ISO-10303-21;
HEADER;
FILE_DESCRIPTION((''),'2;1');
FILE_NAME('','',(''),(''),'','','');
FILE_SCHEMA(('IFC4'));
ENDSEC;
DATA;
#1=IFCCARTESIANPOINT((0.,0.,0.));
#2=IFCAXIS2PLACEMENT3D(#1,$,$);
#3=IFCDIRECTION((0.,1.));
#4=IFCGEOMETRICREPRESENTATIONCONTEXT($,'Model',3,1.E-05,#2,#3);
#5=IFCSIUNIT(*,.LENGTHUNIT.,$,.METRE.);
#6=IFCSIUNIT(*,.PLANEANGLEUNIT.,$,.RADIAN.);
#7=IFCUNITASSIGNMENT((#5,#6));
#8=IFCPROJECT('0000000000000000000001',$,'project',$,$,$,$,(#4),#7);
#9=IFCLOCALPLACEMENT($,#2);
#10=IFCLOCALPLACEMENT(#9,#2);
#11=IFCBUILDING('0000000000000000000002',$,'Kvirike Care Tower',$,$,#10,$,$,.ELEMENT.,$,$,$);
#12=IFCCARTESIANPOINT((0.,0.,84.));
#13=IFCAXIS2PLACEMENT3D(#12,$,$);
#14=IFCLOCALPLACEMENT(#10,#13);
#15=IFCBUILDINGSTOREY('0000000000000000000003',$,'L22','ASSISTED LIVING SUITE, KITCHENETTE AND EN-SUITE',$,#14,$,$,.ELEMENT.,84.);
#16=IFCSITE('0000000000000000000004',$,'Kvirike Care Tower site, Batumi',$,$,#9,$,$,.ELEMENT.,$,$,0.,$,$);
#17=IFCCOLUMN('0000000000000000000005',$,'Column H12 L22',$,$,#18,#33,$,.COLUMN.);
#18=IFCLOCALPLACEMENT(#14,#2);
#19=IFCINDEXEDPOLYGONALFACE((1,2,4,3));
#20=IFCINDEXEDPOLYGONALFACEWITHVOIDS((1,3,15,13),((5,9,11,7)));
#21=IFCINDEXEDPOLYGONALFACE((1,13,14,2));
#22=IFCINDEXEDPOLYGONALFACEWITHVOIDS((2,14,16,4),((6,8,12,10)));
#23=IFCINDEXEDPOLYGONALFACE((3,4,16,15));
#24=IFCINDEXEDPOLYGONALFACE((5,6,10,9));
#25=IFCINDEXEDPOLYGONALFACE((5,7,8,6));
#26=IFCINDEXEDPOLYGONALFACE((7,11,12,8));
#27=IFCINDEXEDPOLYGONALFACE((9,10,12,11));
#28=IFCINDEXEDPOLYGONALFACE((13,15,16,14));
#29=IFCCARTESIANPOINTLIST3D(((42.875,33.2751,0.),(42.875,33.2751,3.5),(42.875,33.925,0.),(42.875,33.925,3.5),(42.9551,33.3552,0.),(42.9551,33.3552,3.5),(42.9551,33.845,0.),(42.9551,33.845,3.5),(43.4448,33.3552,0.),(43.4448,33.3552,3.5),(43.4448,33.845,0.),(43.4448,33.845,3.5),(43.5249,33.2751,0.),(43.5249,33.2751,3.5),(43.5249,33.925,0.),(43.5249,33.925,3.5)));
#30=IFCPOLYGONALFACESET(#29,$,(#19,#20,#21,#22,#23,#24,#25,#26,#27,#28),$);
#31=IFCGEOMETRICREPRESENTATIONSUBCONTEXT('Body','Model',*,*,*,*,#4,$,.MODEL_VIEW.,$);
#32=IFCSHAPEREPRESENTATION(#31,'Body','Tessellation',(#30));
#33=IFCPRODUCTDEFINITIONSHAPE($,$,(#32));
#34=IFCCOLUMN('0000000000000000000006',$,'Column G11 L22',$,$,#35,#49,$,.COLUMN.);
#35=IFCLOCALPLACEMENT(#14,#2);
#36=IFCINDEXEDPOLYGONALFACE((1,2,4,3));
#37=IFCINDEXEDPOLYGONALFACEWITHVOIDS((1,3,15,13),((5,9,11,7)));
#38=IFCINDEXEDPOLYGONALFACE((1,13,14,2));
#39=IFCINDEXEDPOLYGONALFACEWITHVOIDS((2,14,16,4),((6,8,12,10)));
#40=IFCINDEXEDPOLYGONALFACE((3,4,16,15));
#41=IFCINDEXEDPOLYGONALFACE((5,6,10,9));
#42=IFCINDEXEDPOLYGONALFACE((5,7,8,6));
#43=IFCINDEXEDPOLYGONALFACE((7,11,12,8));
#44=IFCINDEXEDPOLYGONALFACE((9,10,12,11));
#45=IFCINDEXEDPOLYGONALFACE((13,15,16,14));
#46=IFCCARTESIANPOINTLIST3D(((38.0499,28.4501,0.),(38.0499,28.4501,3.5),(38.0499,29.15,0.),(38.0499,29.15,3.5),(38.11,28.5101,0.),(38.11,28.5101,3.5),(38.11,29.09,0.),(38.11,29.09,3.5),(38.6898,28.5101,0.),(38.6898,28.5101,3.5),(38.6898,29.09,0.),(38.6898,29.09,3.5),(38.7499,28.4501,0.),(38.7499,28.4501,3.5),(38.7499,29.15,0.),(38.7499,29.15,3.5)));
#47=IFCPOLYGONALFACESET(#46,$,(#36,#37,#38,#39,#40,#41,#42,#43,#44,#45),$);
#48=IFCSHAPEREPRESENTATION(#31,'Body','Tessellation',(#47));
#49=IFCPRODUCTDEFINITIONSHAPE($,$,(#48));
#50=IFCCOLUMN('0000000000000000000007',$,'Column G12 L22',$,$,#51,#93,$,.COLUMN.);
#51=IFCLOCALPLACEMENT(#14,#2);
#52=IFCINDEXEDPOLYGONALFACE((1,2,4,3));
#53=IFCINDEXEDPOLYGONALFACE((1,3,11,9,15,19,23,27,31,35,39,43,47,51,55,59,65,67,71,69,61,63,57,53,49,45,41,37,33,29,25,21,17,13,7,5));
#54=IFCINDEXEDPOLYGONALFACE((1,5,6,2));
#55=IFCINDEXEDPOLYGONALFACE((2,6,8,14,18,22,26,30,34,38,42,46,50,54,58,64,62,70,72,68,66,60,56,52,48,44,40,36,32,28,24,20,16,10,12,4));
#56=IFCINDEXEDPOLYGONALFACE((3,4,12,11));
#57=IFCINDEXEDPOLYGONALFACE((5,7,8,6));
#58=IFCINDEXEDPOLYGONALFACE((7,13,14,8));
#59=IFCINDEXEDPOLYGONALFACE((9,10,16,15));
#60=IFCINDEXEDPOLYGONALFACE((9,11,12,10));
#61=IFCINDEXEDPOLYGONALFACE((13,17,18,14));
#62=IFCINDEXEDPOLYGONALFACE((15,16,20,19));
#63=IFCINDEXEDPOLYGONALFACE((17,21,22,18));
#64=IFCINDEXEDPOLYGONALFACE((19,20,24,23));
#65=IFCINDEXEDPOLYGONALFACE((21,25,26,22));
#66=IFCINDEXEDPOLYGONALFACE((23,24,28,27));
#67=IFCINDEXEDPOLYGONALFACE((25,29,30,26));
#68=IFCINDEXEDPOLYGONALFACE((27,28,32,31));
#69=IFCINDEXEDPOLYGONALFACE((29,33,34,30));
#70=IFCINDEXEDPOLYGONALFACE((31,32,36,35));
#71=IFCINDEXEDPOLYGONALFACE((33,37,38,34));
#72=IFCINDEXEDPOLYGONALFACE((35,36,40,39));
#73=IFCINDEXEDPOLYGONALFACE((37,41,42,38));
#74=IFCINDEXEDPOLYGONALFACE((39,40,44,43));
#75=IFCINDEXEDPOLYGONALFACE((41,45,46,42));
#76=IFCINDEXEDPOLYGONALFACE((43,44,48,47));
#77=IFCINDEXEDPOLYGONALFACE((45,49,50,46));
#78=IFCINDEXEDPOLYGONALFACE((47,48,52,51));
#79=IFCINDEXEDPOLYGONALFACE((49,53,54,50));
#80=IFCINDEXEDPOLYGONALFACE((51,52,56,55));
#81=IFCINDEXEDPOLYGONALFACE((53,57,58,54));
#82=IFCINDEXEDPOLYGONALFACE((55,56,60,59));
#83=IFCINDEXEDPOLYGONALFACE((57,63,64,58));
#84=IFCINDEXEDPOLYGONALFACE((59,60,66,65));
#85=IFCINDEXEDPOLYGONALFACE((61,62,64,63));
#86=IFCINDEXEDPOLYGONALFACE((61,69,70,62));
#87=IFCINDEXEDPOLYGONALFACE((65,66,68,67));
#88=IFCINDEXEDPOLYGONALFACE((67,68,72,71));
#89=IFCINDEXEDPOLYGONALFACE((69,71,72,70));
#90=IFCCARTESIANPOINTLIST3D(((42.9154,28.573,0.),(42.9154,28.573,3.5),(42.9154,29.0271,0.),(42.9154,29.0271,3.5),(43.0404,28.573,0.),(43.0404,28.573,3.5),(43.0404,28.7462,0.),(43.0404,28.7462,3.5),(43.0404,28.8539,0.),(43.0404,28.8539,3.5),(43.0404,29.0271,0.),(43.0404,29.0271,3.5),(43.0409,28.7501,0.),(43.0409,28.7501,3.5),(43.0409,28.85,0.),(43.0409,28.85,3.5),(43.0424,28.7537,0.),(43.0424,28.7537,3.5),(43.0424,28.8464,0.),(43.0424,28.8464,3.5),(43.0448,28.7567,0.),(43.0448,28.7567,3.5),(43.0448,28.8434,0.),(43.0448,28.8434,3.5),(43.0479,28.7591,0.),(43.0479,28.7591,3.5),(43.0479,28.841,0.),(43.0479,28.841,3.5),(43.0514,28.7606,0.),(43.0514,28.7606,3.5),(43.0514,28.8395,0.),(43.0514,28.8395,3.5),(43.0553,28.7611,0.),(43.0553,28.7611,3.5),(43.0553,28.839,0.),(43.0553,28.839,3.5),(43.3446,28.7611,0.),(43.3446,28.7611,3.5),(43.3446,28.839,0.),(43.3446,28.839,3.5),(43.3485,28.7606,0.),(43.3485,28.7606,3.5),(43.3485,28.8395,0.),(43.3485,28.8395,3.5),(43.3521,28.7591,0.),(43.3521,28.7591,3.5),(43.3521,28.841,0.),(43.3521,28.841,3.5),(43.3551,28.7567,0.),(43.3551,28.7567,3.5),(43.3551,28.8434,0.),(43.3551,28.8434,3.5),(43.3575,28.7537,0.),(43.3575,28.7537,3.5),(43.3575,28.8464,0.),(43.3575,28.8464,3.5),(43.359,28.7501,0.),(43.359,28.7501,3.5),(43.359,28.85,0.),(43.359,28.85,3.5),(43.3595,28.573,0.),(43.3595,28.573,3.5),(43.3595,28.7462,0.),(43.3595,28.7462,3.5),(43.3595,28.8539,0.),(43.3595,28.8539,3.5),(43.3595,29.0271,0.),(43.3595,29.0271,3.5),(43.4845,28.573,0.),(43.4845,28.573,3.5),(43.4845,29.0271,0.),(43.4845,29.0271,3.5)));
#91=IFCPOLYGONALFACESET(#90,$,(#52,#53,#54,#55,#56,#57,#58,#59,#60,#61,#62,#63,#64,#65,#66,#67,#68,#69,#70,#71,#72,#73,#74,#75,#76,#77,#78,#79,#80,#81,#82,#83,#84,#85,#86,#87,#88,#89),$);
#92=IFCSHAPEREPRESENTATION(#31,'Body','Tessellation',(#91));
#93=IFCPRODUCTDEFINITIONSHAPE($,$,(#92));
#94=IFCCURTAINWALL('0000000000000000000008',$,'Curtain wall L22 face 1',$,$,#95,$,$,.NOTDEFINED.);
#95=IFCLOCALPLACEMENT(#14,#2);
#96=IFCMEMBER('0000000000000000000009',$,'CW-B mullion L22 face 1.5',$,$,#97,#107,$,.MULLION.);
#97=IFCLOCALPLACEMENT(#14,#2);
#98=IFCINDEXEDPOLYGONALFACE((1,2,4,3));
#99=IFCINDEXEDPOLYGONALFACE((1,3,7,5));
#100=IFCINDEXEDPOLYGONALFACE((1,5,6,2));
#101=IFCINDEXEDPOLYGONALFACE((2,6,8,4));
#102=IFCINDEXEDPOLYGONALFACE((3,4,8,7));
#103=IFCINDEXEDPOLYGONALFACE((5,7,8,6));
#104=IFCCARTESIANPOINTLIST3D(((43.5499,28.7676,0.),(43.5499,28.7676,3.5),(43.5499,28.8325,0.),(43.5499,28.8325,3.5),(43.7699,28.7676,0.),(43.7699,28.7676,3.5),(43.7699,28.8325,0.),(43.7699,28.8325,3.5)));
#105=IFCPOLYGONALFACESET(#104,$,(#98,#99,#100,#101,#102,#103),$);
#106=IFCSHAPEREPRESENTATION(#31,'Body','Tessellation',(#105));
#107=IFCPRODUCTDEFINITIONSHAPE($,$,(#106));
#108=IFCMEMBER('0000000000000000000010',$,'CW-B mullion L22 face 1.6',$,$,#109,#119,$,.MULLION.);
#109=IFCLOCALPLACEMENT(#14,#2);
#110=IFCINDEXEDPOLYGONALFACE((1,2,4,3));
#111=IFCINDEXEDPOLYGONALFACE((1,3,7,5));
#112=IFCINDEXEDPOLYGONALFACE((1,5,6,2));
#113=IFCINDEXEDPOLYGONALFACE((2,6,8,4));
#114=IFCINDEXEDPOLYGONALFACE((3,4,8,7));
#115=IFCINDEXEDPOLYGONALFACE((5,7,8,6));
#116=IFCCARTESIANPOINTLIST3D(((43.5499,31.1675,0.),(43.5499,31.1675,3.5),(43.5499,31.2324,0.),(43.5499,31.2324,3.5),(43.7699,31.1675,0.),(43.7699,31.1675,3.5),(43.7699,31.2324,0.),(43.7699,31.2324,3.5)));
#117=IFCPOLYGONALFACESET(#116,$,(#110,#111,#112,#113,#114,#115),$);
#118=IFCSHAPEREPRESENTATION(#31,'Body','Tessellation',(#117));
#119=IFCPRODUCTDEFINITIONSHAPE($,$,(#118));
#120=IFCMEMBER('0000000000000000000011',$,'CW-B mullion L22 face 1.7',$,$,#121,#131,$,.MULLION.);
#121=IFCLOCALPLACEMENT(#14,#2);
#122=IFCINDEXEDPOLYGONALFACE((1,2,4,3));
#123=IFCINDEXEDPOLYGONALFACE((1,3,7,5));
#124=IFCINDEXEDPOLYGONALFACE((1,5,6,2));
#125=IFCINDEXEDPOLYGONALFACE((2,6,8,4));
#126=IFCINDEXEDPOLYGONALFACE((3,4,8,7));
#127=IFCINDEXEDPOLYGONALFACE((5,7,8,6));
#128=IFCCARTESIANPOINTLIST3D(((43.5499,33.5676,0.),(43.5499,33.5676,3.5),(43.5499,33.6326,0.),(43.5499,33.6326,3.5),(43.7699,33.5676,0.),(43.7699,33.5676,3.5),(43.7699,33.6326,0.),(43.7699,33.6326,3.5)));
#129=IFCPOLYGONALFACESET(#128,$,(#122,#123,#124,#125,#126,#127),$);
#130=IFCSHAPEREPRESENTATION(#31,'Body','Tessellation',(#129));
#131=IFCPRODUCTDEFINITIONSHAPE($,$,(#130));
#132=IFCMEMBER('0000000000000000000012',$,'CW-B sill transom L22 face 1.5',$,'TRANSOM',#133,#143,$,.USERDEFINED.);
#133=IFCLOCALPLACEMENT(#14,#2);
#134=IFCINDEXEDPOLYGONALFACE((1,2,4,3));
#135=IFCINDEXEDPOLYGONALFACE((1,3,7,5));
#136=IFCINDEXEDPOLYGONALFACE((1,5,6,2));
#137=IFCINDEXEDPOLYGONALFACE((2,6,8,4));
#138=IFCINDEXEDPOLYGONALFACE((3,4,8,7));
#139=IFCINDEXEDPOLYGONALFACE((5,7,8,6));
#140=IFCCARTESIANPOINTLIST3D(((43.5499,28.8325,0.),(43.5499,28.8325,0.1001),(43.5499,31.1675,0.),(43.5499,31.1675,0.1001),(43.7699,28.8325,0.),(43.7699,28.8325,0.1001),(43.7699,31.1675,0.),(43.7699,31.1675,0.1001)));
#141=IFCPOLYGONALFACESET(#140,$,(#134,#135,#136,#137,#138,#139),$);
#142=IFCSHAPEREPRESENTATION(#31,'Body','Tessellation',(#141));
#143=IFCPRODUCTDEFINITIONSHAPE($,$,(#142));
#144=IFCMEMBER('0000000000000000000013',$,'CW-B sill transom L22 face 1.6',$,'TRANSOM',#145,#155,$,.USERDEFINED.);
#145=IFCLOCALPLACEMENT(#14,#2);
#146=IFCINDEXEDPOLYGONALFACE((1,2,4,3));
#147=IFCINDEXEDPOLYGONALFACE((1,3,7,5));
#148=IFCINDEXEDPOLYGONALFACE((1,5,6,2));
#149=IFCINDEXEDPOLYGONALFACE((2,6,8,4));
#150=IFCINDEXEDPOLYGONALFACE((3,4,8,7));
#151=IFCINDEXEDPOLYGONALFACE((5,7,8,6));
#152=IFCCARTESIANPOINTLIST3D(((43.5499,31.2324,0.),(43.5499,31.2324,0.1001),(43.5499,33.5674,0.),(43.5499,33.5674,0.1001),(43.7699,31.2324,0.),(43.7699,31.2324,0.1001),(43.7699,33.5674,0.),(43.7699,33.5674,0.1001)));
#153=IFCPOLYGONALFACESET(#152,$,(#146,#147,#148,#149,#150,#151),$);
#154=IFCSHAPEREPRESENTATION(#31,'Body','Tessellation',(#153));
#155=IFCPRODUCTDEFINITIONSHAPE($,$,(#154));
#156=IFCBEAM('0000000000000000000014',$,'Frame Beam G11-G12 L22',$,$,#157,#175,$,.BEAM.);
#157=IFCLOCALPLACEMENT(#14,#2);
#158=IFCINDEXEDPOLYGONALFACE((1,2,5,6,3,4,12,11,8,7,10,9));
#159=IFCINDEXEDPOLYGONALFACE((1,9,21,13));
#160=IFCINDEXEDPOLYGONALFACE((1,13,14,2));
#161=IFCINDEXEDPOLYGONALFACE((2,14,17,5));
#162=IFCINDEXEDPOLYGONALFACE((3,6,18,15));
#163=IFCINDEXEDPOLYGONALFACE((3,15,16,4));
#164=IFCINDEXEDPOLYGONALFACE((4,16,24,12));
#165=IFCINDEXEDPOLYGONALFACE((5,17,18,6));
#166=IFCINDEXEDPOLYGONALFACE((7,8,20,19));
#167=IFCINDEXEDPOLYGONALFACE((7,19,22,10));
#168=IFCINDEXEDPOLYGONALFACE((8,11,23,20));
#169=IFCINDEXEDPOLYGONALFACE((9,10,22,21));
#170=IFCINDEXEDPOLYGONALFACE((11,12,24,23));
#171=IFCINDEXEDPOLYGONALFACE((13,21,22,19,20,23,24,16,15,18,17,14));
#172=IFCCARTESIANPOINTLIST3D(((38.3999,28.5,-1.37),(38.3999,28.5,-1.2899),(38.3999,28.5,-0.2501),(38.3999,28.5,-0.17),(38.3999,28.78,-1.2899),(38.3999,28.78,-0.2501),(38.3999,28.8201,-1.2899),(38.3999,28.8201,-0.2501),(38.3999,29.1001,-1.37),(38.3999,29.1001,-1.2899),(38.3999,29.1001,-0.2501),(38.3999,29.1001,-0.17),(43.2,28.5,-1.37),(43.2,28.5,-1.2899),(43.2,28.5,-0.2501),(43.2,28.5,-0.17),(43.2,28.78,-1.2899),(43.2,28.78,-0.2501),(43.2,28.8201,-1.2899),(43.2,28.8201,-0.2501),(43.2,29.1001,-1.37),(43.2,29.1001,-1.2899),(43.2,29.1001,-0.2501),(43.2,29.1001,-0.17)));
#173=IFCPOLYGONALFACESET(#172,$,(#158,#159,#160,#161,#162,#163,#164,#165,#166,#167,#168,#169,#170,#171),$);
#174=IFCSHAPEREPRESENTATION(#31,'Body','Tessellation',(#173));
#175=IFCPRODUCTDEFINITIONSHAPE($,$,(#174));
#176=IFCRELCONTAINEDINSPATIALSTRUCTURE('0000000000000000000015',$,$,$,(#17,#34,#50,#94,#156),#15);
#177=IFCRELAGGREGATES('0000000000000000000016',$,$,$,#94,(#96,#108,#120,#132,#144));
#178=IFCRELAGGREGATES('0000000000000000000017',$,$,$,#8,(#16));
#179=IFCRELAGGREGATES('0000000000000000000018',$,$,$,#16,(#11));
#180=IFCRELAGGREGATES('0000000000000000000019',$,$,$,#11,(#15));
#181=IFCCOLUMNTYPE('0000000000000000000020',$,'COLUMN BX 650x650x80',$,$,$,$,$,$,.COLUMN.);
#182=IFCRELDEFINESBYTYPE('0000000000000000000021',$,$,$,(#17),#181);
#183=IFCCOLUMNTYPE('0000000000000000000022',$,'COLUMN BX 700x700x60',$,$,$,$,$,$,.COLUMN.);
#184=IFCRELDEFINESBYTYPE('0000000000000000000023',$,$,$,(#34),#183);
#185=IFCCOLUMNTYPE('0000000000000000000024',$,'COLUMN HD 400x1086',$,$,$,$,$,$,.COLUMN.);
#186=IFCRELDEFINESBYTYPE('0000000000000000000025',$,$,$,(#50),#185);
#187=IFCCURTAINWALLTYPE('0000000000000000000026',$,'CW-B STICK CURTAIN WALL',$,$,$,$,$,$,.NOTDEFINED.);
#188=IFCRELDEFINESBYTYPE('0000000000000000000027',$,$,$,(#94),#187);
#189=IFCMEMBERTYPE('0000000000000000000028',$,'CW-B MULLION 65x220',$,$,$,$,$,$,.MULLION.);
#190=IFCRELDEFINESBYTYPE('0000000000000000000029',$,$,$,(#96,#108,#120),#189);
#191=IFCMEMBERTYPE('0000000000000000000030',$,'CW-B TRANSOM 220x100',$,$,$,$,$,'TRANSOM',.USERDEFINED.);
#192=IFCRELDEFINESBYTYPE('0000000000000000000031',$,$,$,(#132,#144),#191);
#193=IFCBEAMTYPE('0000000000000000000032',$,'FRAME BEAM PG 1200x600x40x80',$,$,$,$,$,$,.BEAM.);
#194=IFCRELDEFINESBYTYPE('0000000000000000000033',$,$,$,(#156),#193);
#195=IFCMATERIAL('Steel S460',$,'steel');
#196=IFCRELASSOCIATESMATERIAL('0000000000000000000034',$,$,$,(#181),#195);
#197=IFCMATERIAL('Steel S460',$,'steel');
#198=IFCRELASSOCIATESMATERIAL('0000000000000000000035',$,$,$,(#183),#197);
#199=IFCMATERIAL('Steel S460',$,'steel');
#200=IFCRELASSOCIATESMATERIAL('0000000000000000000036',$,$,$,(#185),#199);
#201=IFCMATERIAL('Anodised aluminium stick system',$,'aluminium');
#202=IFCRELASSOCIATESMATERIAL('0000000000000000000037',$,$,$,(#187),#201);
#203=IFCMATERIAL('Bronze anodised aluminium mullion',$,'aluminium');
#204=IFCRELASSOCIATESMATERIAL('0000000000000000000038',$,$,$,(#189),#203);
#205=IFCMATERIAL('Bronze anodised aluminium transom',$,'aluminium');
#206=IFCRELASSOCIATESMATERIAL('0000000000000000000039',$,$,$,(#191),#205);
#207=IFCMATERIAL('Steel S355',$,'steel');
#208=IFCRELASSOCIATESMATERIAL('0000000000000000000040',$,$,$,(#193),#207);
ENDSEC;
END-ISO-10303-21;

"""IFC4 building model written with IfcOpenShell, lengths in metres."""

from ifc_helpers import new_model, si_unit, direction, frame, origin, origin_2d, place, context, subcontext, project, spatial, rectangle, hollow_rectangle, i_section, extrude, material, material_profile, profile_set, type_object, element, aggregate, save


model = new_model("IFC4")

# Units and contexts
model_context = context("Model", 3, precision=1e-05, world=origin(), true_north=direction((0.0, 1.0)))
body_context = subcontext(model_context, "Body", "Model", "MODEL_VIEW")
ifc_project = project(units=[si_unit("LENGTHUNIT", "METRE"), si_unit("PLANEANGLEUNIT", "RADIAN")], contexts=[model_context])

# Site, building, storey
site_placement = place(None, origin())
site = spatial("IfcSite", under=ifc_project, at=site_placement, Name="Kvirike Care Tower site, Batumi", CompositionType="ELEMENT", RefElevation=0.0)
building_placement = place(site_placement, origin())
building = spatial("IfcBuilding", under=site, at=building_placement, Name="Kvirike Care Tower", CompositionType="ELEMENT")
storey_placement = place(building_placement, frame((0.0, 0.0, 84.0)))
storey = spatial("IfcBuildingStorey", under=building, at=storey_placement, Name="L22", Description="ASSISTED LIVING SUITE, KITCHENETTE AND EN-SUITE", CompositionType="ELEMENT", Elevation=84.0)

# Columns
ifc_material_1 = material(Name="Steel S460", Category="steel")
ifc_material_profile_1 = material_profile(ifc_material_1, hollow_rectangle(XDim=0.6499, YDim=0.6499, WallThickness=0.0801, at=origin_2d()), Name="BX 650x650x80")
ifc_profile_set_1 = profile_set([ifc_material_profile_1], Name="Steel S460")
column_type_1 = type_object("IfcColumnType", Name="COLUMN BX 650x650x80", PredefinedType="COLUMN", material=ifc_profile_set_1)
column_1_placement = place(storey_placement, frame((43.2, 33.6001, 0.0), z_axis=(0.0, 0.0, 1.0), x_axis=(1.0, 0.0, 0.0)))
element("IfcColumn", 1, at=column_1_placement, inside=storey, type_object=column_type_1, Name="Column H12 L22", PredefinedType="COLUMN", context=body_context, shape_type="SweptSolid", body=[
    extrude(hollow_rectangle(XDim=0.6499, YDim=0.6499, WallThickness=0.0801, at=origin_2d()), origin(), (0.0, 0.0, 1.0), 3.5),
])
ifc_material_2 = material(Name="Steel S460", Category="steel")
ifc_material_profile_2 = material_profile(ifc_material_2, hollow_rectangle(XDim=0.7, YDim=0.7, WallThickness=0.0601, at=origin_2d()), Name="BX 700x700x60")
ifc_profile_set_2 = profile_set([ifc_material_profile_2], Name="Steel S460")
column_type_2 = type_object("IfcColumnType", Name="COLUMN BX 700x700x60", PredefinedType="COLUMN", material=ifc_profile_set_2)
column_2_placement = place(storey_placement, frame((38.3999, 28.8, 0.0), z_axis=(0.0, 0.0, 1.0), x_axis=(0.0, 1.0, 0.0)))
element("IfcColumn", 2, at=column_2_placement, inside=storey, type_object=column_type_2, Name="Column G11 L22", PredefinedType="COLUMN", context=body_context, shape_type="SweptSolid", body=[
    extrude(hollow_rectangle(XDim=0.7, YDim=0.7, WallThickness=0.0601, at=origin_2d()), origin(), (0.0, 0.0, 1.0), 3.5),
])
ifc_material_3 = material(Name="Steel S460", Category="steel")
ifc_material_profile_3 = material_profile(ifc_material_3, i_section(OverallWidth=0.4541, OverallDepth=0.5691, WebThickness=0.0779, FlangeThickness=0.125, FilletRadius=0.0149, at=origin_2d()), Name="HD 400x1086")
ifc_profile_set_3 = profile_set([ifc_material_profile_3], Name="Steel S460")
column_type_3 = type_object("IfcColumnType", Name="COLUMN HD 400x1086", PredefinedType="COLUMN", material=ifc_profile_set_3)
column_3_placement = place(storey_placement, frame((43.2, 28.8, 0.0), z_axis=(0.0, 0.0, 1.0), x_axis=(0.0, 1.0, 0.0)))
element("IfcColumn", 3, at=column_3_placement, inside=storey, type_object=column_type_3, Name="Column G12 L22", PredefinedType="COLUMN", context=body_context, shape_type="SweptSolid", body=[
    extrude(i_section(OverallWidth=0.4541, OverallDepth=0.5691, WebThickness=0.0779, FlangeThickness=0.125, FilletRadius=0.0149, at=origin_2d()), origin(), (0.0, 0.0, 1.0), 3.5),
])

# Curtain wall, members
ifc_material_4 = material(Name="Anodised aluminium stick system", Category="aluminium")
curtain_wall_type = type_object("IfcCurtainWallType", Name="CW-B STICK CURTAIN WALL", PredefinedType="NOTDEFINED", material=ifc_material_4)
curtain_wall_placement = place(storey_placement, origin())
curtain_wall = element("IfcCurtainWall", 4, at=curtain_wall_placement, inside=storey, type_object=curtain_wall_type, Name="Curtain wall L22 face 1", PredefinedType="NOTDEFINED")
ifc_material_5 = material(Name="Bronze anodised aluminium mullion", Category="aluminium")
ifc_material_profile_4 = material_profile(ifc_material_5, rectangle(XDim=0.0649, YDim=0.22, at=origin_2d()), Name="CW-B MULLION 65x220")
ifc_profile_set_4 = profile_set([ifc_material_profile_4], Name="Bronze anodised aluminium mullion")
member_type_1 = type_object("IfcMemberType", Name="CW-B MULLION 65x220", PredefinedType="MULLION", material=ifc_profile_set_4)
member_1_placement = place(storey_placement, frame((43.6599, 28.8, 0.0), z_axis=(0.0, 0.0, 1.0), x_axis=(0.0, 1.0, 0.0)))
member_1 = element("IfcMember", 5, at=member_1_placement, type_object=member_type_1, Name="CW-B mullion L22 face 1.5", PredefinedType="MULLION", context=body_context, shape_type="SweptSolid", body=[
    extrude(rectangle(XDim=0.0649, YDim=0.22, at=origin_2d()), origin(), (0.0, 0.0, 1.0), 3.5),
])
member_2_placement = place(storey_placement, frame((43.6599, 31.2, 0.0), z_axis=(0.0, 0.0, 1.0), x_axis=(0.0, 1.0, 0.0)))
member_2 = element("IfcMember", 6, at=member_2_placement, type_object=member_type_1, Name="CW-B mullion L22 face 1.6", PredefinedType="MULLION", context=body_context, shape_type="SweptSolid", body=[
    extrude(rectangle(XDim=0.0649, YDim=0.22, at=origin_2d()), origin(), (0.0, 0.0, 1.0), 3.5),
])
member_3_placement = place(storey_placement, frame((43.6599, 33.6001, 0.0), z_axis=(0.0, 0.0, 1.0), x_axis=(0.0, 1.0, 0.0)))
member_3 = element("IfcMember", 7, at=member_3_placement, type_object=member_type_1, Name="CW-B mullion L22 face 1.7", PredefinedType="MULLION", context=body_context, shape_type="SweptSolid", body=[
    extrude(rectangle(XDim=0.0649, YDim=0.22, at=origin_2d()), origin(), (0.0, 0.0, 1.0), 3.5),
])
ifc_material_6 = material(Name="Bronze anodised aluminium transom", Category="aluminium")
ifc_material_profile_5 = material_profile(ifc_material_6, rectangle(XDim=0.22, YDim=0.1001, at=origin_2d()), Name="CW-B TRANSOM 220x100")
ifc_profile_set_5 = profile_set([ifc_material_profile_5], Name="Bronze anodised aluminium transom")
member_type_2 = type_object("IfcMemberType", Name="CW-B TRANSOM 220x100", ElementType="TRANSOM", PredefinedType="USERDEFINED", material=ifc_profile_set_5)
member_4_placement = place(storey_placement, frame((43.6599, 28.8325, 0.05), z_axis=(0.0, 1.0, 0.0), x_axis=(-1.0, 0.0, 0.0)))
member_4 = element("IfcMember", 8, at=member_4_placement, type_object=member_type_2, Name="CW-B sill transom L22 face 1.5", ObjectType="TRANSOM", PredefinedType="USERDEFINED", context=body_context, shape_type="SweptSolid", body=[
    extrude(rectangle(XDim=0.22, YDim=0.1001, at=origin_2d()), origin(), (0.0, 0.0, 1.0), 2.335),
])
member_5_placement = place(storey_placement, frame((43.6599, 31.2324, 0.05), z_axis=(0.0, 1.0, 0.0), x_axis=(-1.0, 0.0, 0.0)))
member_5 = element("IfcMember", 9, at=member_5_placement, type_object=member_type_2, Name="CW-B sill transom L22 face 1.6", ObjectType="TRANSOM", PredefinedType="USERDEFINED", context=body_context, shape_type="SweptSolid", body=[
    extrude(rectangle(XDim=0.22, YDim=0.1001, at=origin_2d()), origin(), (0.0, 0.0, 1.0), 2.335),
])

# Beam
ifc_material_7 = material(Name="Steel S355", Category="steel")
ifc_material_profile_6 = material_profile(ifc_material_7, i_section(OverallWidth=0.6001, OverallDepth=1.2, WebThickness=0.04, FlangeThickness=0.0801, at=origin_2d()), Name="PG 1200x600x40x80")
ifc_profile_set_6 = profile_set([ifc_material_profile_6], Name="Steel S355")
beam_type_1 = type_object("IfcBeamType", Name="FRAME BEAM PG 1200x600x40x80", PredefinedType="BEAM", material=ifc_profile_set_6)
beam_1_placement = place(storey_placement, frame((38.3999, 28.8, -0.77), z_axis=(1.0, 0.0, 0.0), x_axis=(0.0, 1.0, 0.0)))
element("IfcBeam", 10, at=beam_1_placement, inside=storey, type_object=beam_type_1, Name="Frame Beam G11-G12 L22", PredefinedType="BEAM", context=body_context, shape_type="SweptSolid", body=[
    extrude(i_section(OverallWidth=0.6001, OverallDepth=1.2, WebThickness=0.04, FlangeThickness=0.0801, at=origin_2d()), origin(), (0.0, 0.0, 1.0), 4.8),
])

aggregate(curtain_wall, [member_1, member_2, member_3, member_4, member_5])

save(model, "model.ifc")
